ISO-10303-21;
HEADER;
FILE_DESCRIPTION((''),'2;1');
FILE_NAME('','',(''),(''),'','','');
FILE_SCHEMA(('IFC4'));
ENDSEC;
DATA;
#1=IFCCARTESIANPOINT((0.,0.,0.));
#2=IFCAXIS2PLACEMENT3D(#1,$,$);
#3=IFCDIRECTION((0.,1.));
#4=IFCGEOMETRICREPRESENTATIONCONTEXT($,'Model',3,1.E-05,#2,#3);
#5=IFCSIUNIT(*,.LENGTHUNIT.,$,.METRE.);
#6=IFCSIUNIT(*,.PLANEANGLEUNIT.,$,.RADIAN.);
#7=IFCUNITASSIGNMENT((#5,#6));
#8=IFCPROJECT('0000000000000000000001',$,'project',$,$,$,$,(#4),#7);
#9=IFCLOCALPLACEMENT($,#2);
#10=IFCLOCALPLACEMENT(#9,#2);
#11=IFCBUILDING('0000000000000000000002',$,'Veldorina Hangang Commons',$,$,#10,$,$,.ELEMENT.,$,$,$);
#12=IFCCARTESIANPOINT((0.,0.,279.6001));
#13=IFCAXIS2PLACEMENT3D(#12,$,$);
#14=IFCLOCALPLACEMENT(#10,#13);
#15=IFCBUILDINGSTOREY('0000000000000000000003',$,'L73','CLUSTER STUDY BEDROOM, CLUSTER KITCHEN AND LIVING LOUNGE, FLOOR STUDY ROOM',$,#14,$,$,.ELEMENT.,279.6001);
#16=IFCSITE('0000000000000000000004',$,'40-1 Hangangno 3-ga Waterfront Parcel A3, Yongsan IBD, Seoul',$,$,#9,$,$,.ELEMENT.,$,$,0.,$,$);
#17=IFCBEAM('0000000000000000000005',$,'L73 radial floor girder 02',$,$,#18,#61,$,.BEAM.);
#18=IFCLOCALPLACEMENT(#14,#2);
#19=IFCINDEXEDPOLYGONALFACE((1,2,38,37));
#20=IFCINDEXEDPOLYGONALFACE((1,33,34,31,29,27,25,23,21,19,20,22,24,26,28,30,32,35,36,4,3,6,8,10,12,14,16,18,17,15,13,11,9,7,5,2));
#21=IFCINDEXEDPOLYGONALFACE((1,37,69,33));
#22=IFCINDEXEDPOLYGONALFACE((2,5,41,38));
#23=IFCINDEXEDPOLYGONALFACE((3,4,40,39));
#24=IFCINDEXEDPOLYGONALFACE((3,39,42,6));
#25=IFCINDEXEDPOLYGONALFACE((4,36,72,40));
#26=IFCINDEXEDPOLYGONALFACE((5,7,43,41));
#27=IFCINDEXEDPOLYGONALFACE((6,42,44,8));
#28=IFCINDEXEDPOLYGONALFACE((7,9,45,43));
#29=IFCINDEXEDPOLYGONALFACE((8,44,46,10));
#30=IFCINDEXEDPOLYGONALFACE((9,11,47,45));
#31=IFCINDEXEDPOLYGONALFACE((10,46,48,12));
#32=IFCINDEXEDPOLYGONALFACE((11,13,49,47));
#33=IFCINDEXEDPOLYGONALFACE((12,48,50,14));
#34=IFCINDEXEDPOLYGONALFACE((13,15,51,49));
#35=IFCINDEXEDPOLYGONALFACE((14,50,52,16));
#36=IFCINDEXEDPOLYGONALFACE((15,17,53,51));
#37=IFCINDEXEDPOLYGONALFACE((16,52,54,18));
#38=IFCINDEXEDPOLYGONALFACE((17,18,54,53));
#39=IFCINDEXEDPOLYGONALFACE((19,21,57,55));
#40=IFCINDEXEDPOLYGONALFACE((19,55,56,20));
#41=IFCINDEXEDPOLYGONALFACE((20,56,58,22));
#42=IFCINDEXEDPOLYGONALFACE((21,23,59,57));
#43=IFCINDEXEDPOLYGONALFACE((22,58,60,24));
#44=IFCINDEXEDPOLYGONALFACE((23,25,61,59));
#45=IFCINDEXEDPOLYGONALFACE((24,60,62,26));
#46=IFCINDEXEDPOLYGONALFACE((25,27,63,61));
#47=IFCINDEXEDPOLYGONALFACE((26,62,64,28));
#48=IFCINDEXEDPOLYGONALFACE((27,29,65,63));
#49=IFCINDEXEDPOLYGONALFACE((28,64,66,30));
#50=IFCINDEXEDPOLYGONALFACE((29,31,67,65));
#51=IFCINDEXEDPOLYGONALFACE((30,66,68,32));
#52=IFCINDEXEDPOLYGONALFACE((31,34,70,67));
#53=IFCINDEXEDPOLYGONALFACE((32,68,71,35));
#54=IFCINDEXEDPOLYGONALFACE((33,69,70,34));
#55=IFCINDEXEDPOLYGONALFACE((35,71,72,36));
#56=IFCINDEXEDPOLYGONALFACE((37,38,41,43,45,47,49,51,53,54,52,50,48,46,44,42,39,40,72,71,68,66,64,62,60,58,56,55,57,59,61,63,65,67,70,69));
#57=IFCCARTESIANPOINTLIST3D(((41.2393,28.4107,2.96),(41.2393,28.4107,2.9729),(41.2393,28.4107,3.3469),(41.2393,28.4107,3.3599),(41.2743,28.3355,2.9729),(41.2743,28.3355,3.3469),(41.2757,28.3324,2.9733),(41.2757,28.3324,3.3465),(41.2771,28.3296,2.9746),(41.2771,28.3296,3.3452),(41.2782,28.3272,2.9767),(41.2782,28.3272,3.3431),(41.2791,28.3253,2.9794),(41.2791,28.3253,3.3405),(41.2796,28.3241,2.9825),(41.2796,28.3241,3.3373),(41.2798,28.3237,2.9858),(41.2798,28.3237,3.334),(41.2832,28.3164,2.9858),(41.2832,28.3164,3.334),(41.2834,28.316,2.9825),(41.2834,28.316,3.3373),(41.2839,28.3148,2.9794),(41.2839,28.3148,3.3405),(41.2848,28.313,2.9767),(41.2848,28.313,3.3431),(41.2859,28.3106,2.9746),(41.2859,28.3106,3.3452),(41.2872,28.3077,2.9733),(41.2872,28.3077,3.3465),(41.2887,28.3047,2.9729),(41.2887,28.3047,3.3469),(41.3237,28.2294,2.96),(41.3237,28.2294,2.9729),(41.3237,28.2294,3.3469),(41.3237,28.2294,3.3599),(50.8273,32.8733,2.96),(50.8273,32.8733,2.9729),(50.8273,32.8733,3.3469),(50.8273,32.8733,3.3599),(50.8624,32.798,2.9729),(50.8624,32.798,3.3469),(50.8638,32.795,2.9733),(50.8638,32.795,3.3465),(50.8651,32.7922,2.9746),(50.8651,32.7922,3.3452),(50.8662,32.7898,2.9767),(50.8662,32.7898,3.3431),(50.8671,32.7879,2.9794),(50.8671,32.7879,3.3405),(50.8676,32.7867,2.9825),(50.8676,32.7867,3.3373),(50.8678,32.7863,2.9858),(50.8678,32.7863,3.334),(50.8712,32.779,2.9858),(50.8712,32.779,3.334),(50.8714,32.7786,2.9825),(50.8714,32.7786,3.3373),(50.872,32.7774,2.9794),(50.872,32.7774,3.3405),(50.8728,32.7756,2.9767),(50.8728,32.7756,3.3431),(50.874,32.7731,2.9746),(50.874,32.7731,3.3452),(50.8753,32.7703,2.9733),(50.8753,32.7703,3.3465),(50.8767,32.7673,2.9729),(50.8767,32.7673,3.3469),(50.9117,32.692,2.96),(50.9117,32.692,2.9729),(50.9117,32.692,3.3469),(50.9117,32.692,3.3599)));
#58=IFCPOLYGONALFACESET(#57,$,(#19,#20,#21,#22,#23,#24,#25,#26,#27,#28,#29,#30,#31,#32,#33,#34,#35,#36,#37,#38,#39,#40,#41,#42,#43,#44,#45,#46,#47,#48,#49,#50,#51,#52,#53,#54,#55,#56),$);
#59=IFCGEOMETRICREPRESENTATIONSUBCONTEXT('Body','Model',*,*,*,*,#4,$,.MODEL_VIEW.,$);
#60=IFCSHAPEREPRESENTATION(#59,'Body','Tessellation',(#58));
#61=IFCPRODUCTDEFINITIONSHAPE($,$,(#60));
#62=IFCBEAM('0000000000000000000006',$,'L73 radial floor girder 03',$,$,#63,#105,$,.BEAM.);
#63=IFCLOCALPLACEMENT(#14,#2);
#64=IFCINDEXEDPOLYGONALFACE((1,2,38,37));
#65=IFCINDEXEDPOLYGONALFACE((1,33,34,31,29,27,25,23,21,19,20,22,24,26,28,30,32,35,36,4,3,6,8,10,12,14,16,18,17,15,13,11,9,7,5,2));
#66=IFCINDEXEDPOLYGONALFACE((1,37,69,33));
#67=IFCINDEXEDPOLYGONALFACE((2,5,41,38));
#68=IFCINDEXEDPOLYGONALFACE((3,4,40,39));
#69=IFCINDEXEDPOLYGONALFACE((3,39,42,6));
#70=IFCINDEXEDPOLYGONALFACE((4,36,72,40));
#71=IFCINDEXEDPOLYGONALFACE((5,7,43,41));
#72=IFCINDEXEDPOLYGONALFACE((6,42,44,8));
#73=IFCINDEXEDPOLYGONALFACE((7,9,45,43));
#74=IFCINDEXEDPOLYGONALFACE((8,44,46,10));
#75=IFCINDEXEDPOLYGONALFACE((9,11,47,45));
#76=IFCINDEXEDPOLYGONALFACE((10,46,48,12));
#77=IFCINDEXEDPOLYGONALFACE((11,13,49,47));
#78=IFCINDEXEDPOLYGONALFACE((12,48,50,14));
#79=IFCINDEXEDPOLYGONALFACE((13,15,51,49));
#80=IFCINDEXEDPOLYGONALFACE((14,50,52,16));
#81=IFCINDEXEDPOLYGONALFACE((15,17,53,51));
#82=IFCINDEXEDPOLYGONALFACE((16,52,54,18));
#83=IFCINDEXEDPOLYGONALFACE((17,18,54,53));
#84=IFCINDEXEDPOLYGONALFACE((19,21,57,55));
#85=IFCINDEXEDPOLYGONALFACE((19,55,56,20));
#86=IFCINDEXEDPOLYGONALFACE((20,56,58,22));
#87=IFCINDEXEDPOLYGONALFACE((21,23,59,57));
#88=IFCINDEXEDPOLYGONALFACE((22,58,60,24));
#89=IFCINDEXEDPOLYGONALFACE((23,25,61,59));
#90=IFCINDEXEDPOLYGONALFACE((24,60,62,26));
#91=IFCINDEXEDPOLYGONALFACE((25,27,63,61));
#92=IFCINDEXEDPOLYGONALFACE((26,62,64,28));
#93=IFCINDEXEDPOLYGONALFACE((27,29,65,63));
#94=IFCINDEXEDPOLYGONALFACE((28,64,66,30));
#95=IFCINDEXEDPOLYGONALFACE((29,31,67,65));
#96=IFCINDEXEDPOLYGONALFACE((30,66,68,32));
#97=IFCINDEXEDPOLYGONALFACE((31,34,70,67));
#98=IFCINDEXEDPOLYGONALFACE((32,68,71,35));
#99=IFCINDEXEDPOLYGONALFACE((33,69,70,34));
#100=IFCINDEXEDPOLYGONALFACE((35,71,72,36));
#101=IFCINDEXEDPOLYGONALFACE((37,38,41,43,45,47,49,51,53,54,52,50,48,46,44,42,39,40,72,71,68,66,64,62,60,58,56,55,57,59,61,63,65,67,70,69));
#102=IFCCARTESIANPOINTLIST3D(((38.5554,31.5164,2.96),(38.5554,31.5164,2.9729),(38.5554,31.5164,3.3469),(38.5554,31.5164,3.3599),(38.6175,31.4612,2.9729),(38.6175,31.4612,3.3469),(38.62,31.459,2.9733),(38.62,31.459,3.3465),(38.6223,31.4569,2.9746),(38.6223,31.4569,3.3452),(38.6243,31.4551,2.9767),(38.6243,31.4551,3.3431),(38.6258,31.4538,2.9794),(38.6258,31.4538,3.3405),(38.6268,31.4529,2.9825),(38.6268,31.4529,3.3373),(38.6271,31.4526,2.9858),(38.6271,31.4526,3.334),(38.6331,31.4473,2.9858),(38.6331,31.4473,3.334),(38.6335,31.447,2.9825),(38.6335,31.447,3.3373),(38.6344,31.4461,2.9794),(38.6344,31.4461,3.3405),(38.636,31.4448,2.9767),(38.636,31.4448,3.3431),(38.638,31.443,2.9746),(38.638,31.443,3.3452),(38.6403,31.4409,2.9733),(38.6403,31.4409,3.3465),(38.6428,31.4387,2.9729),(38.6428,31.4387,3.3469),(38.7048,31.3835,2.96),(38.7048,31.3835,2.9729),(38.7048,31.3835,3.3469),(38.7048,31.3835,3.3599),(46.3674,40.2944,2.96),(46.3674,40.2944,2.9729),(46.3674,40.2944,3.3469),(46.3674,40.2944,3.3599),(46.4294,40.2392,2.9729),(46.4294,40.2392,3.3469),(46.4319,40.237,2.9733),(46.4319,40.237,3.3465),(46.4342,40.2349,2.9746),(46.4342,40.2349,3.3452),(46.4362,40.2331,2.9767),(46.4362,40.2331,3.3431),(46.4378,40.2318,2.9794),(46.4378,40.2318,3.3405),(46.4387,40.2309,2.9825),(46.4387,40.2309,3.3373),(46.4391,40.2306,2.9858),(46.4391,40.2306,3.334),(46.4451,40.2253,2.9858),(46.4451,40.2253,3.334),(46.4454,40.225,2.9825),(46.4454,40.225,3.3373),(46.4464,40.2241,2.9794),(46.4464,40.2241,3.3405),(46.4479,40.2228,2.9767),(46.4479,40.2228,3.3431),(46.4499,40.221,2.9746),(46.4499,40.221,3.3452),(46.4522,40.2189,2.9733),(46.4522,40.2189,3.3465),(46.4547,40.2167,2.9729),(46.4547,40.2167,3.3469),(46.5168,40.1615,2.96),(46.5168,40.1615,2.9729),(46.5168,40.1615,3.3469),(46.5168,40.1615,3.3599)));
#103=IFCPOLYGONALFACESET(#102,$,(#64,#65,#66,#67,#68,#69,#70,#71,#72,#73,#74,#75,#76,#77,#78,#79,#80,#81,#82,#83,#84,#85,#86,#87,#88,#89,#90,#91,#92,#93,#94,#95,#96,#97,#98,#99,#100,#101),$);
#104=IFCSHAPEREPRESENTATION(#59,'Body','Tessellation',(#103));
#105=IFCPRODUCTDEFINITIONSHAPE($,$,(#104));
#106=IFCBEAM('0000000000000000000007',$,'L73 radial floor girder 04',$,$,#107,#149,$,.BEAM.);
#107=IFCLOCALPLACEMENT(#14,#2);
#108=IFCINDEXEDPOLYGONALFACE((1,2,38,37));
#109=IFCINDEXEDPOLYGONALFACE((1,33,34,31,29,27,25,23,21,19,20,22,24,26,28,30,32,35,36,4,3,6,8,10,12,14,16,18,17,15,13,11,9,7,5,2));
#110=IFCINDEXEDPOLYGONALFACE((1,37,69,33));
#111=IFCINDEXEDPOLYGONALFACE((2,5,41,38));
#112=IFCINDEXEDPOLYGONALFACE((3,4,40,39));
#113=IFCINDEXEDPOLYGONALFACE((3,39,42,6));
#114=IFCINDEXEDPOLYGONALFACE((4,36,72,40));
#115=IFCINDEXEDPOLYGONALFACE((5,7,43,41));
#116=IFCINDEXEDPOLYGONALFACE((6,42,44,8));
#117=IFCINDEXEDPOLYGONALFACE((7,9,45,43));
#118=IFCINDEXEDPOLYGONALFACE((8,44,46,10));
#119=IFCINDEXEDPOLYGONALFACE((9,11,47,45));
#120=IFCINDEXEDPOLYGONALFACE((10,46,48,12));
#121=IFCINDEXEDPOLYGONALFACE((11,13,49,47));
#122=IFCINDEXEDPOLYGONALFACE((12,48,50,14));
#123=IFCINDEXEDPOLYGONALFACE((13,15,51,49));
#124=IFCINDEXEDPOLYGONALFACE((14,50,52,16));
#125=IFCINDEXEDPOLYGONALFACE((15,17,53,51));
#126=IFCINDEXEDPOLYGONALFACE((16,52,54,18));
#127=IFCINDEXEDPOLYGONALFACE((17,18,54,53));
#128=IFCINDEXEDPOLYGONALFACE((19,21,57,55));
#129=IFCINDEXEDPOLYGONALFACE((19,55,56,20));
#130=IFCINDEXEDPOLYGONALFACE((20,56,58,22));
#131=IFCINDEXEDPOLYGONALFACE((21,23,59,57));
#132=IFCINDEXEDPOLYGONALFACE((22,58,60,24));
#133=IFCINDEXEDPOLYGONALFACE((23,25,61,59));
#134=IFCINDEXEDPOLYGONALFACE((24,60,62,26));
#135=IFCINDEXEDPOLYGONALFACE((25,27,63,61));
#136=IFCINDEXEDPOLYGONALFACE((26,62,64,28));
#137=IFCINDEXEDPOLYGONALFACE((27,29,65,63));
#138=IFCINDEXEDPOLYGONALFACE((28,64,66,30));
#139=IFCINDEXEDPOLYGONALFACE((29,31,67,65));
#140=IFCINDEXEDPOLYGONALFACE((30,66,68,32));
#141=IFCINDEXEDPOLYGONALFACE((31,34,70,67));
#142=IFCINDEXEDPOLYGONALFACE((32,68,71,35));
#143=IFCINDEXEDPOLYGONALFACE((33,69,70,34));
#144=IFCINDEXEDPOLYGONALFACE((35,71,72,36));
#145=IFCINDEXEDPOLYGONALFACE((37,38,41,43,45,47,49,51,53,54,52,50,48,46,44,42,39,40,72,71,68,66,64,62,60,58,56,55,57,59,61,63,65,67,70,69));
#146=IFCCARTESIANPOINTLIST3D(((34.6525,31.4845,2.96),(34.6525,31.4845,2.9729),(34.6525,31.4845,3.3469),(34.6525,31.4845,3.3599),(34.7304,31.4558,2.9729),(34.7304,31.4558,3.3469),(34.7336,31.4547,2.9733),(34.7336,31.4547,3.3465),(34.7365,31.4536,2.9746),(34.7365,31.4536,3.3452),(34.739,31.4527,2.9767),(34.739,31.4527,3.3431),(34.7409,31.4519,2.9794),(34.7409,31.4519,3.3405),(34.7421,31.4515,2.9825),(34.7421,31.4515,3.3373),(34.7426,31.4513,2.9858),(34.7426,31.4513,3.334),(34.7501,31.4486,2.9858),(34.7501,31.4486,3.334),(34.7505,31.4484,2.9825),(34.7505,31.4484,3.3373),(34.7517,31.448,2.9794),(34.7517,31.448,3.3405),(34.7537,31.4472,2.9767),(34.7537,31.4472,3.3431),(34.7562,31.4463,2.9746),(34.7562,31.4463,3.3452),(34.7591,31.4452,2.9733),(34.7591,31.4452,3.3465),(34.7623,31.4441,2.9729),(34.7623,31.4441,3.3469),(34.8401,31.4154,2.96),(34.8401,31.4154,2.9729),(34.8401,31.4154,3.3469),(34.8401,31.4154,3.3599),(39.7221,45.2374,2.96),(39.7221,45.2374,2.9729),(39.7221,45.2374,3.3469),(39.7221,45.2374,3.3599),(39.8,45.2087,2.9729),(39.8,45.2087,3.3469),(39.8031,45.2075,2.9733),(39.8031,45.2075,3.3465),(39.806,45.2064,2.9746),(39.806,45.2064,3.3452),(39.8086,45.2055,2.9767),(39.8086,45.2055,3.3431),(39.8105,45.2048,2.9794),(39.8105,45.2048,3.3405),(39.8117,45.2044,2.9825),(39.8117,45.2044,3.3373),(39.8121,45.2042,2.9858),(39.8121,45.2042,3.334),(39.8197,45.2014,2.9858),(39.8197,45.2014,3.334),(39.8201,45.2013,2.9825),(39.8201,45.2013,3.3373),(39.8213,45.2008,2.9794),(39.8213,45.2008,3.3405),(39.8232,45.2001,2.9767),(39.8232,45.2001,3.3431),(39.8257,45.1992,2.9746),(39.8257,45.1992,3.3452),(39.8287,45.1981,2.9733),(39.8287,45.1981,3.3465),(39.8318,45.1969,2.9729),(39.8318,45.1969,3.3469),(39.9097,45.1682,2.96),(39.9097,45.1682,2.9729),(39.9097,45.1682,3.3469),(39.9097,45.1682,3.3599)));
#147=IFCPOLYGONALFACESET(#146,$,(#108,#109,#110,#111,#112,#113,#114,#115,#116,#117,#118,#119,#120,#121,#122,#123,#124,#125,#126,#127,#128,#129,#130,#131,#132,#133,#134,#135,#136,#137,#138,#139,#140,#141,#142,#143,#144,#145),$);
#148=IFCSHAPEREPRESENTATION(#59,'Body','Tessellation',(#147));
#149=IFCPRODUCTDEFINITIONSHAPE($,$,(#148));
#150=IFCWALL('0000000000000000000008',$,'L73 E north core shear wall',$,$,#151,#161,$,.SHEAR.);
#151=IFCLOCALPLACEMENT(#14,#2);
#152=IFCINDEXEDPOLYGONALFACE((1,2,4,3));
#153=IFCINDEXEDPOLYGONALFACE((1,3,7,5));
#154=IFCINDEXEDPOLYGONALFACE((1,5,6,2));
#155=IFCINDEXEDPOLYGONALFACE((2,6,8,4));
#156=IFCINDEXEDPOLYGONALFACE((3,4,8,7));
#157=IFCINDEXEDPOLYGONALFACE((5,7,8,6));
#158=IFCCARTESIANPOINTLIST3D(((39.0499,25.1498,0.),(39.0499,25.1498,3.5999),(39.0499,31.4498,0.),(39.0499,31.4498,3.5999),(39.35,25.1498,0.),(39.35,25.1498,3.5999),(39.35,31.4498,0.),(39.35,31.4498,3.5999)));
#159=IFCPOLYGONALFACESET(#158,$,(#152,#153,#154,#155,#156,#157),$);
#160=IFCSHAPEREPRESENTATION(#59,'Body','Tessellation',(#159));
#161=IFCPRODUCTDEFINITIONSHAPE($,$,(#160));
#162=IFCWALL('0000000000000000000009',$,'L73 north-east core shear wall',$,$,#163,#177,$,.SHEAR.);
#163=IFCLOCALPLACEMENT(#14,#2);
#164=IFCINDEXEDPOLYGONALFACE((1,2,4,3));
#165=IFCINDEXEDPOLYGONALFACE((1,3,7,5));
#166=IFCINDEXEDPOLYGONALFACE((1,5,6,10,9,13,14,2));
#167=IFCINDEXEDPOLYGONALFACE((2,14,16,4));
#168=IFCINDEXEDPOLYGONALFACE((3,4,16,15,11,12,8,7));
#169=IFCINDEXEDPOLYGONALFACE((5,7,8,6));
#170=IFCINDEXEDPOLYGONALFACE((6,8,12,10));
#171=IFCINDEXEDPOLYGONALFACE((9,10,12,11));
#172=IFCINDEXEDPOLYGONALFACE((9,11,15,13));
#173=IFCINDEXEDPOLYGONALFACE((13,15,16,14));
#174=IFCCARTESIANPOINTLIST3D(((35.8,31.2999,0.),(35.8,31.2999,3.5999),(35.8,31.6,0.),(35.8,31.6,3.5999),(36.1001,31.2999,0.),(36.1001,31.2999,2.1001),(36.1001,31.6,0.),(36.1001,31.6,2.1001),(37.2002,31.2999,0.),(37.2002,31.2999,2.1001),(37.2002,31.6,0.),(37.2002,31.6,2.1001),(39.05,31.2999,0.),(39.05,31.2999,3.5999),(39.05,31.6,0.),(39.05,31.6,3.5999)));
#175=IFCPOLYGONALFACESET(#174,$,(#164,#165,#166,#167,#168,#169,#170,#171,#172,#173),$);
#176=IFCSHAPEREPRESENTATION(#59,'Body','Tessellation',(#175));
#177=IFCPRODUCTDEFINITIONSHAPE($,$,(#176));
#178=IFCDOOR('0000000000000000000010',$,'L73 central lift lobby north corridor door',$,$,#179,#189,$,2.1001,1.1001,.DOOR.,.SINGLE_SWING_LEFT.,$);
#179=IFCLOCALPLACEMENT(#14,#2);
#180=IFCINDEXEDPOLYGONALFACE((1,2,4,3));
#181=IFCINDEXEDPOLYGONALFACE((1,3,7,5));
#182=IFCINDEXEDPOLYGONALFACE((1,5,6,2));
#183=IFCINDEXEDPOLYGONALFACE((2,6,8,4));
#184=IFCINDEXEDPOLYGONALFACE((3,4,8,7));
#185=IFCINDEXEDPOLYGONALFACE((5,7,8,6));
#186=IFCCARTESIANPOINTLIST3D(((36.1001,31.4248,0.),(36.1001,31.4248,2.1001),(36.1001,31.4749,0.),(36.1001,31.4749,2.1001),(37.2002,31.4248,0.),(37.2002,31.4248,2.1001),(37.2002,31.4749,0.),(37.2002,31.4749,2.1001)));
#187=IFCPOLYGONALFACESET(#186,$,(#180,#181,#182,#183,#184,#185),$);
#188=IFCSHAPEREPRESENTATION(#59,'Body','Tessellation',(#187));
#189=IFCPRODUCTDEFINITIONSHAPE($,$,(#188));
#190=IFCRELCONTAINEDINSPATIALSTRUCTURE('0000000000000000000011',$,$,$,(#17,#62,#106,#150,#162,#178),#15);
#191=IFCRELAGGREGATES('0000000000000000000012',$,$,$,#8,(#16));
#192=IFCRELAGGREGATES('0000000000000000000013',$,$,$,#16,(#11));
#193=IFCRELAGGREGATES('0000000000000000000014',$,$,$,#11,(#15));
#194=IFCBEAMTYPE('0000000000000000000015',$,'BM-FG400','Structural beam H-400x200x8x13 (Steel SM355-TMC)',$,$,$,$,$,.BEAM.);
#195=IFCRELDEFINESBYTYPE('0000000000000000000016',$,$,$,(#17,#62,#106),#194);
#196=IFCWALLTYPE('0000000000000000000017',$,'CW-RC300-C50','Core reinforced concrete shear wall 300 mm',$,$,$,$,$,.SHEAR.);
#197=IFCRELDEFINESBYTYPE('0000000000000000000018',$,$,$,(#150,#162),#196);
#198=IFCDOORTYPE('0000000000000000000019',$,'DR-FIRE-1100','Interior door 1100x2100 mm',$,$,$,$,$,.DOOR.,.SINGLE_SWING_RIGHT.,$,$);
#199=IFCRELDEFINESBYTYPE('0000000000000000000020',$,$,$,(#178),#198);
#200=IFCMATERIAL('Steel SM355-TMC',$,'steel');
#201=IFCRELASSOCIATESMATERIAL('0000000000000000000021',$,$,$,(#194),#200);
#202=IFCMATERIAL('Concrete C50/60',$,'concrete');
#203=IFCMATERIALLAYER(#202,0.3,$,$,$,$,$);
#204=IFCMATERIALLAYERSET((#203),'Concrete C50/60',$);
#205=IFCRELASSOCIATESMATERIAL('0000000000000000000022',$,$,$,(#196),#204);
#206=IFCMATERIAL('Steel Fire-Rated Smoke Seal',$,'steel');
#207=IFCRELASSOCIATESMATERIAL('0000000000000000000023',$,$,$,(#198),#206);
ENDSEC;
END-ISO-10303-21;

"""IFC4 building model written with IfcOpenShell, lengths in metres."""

from ifc_helpers import new_model, si_unit, direction, frame, frame_2d, origin, origin_2d, place, context, subcontext, project, spatial, rectangle, i_section, extrude, material, layer, layer_set, material_profile, profile_set, type_object, element, fill, save


model = new_model("IFC4")

# Units and contexts
model_context = context("Model", 3, precision=1e-05, world=origin(), true_north=direction((0.0, 1.0)))
body_context = subcontext(model_context, "Body", "Model", "MODEL_VIEW")
ifc_project = project(units=[si_unit("LENGTHUNIT", "METRE"), si_unit("PLANEANGLEUNIT", "RADIAN")], contexts=[model_context])

# Site, building, storey
site_placement = place(None, origin())
site = spatial("IfcSite", under=ifc_project, at=site_placement, Name="40-1 Hangangno 3-ga Waterfront Parcel A3, Yongsan IBD, Seoul", CompositionType="ELEMENT", RefElevation=0.0)
building_placement = place(site_placement, origin())
building = spatial("IfcBuilding", under=site, at=building_placement, Name="Veldorina Hangang Commons", CompositionType="ELEMENT")
storey_placement = place(building_placement, frame((0.0, 0.0, 279.6001)))
storey = spatial("IfcBuildingStorey", under=building, at=storey_placement, Name="L73", Description="CLUSTER STUDY BEDROOM, CLUSTER KITCHEN AND LIVING LOUNGE, FLOOR STUDY ROOM", CompositionType="ELEMENT", Elevation=279.6001)

# Beams
ifc_material_1 = material(Name="Steel SM355-TMC", Category="steel")
ifc_material_profile = material_profile(ifc_material_1, i_section(OverallWidth=0.2, OverallDepth=0.3999, WebThickness=0.0081, FlangeThickness=0.0129, FilletRadius=0.0129, at=origin_2d()), Name="H-400x200x8x13")
ifc_profile_set = profile_set([ifc_material_profile], Name="Steel SM355-TMC")
beam_type = type_object("IfcBeamType", Name="BM-FG400", Description="Structural beam H-400x200x8x13 (Steel SM355-TMC)", PredefinedType="BEAM", material=ifc_profile_set)
beam_1_placement = place(storey_placement, frame((41.2815, 28.3201, 3.1599), z_axis=(0.906611, 0.421968, 0.0), x_axis=(-0.421968, 0.906611, 0.0)))
element("IfcBeam", 1, at=beam_1_placement, inside=storey, type_object=beam_type, Name="L73 radial floor girder 02", PredefinedType="BEAM", context=body_context, shape_type="SweptSolid", body=[
    extrude(i_section(OverallWidth=0.2, OverallDepth=0.3999, WebThickness=0.0081, FlangeThickness=0.0129, FilletRadius=0.0129, at=origin_2d()), origin(), (0.0, 0.0, 1.0), 10.5757),
])
beam_2_placement = place(storey_placement, frame((38.6301, 31.45, 3.1599), z_axis=(0.664805, 0.747017, 0.0), x_axis=(-0.747017, 0.664805, 0.0)))
element("IfcBeam", 2, at=beam_2_placement, inside=storey, type_object=beam_type, Name="L73 radial floor girder 03", PredefinedType="BEAM", context=body_context, shape_type="SweptSolid", body=[
    extrude(i_section(OverallWidth=0.2, OverallDepth=0.3999, WebThickness=0.0081, FlangeThickness=0.0129, FilletRadius=0.0129, at=origin_2d()), origin(), (0.0, 0.0, 1.0), 11.7507),
])
beam_3_placement = place(storey_placement, frame((34.7463, 31.45, 3.1599), z_axis=(0.345868, 0.938283, 0.0), x_axis=(-0.938283, 0.345868, 0.0)))
element("IfcBeam", 3, at=beam_3_placement, inside=storey, type_object=beam_type, Name="L73 radial floor girder 04", PredefinedType="BEAM", context=body_context, shape_type="SweptSolid", body=[
    extrude(i_section(OverallWidth=0.2, OverallDepth=0.3999, WebThickness=0.0081, FlangeThickness=0.0129, FilletRadius=0.0129, at=origin_2d()), origin(), (0.0, 0.0, 1.0), 14.6575),
])

# Wall
ifc_material_2 = material(Name="Concrete C50/60", Category="concrete")
ifc_layer_1 = layer(ifc_material_2, 0.3)
ifc_layer_set_1 = layer_set([ifc_layer_1], Name="Concrete C50/60")
wall_type_1 = type_object("IfcWallType", Name="CW-RC300-C50", Description="Core reinforced concrete shear wall 300 mm", PredefinedType="SHEAR", material=ifc_layer_set_1)
wall_1_placement = place(storey_placement, frame((39.2, 25.1499, 0.0), z_axis=(0.0, 0.0, 1.0), x_axis=(0.0, 1.0, 0.0)))
element("IfcWall", 4, at=wall_1_placement, inside=storey, type_object=wall_type_1, Name="L73 E north core shear wall", PredefinedType="SHEAR", context=body_context, shape_type="SweptSolid", body=[
    extrude(rectangle(XDim=6.3, YDim=0.3, at=frame_2d((3.1499, 0.0))), origin(), (0.0, 0.0, 1.0), 3.5999),
])

# Wall, opening, door
wall_2_placement = place(storey_placement, frame((35.8, 31.45, 0.0), z_axis=(0.0, 0.0, 1.0), x_axis=(1.0, 0.0, 0.0)))
wall_2 = element("IfcWall", 5, at=wall_2_placement, inside=storey, type_object=wall_type_1, Name="L73 north-east core shear wall", PredefinedType="SHEAR", context=body_context, shape_type="SweptSolid", body=[
    extrude(rectangle(XDim=3.25, YDim=0.3, at=frame_2d((1.625, 0.0))), origin(), (0.0, 0.0, 1.0), 3.5999),
])
opening_1_placement = place(wall_2_placement, frame((0.3, 0.0, 0.0)))
opening_1 = element("IfcOpeningElement", 6, at=opening_1_placement, cuts=wall_2, PredefinedType="OPENING", context=body_context, shape_type="SweptSolid", body=[
    extrude(rectangle(XDim=1.1001, YDim=2.1001, at=frame_2d((0.55, 1.05))), frame((0.0, 0.1602, 0.0), z_axis=(0.0, -1.0, 0.0), x_axis=(1.0, 0.0, 0.0)), (0.0, 0.0, 1.0), 0.3201),
])
ifc_material_3 = material(Name="Steel Fire-Rated Smoke Seal", Category="steel")
door_type_1 = type_object("IfcDoorType", Name="DR-FIRE-1100", Description="Interior door 1100x2100 mm", OperationType="SINGLE_SWING_RIGHT", PredefinedType="DOOR", material=ifc_material_3)
door_1_placement = place(opening_1_placement, origin())
door_1 = element("IfcDoor", 7, at=door_1_placement, inside=storey, type_object=door_type_1, Name="L73 central lift lobby north corridor door", OperationType="SINGLE_SWING_LEFT", OverallHeight=2.1001, OverallWidth=1.1001, PredefinedType="DOOR", context=body_context, shape_type="SweptSolid", body=[
    extrude(rectangle(XDim=1.1001, YDim=2.1001, at=frame_2d((0.55, 1.05))), frame((0.0, 0.0249, 0.0), z_axis=(0.0, -1.0, 0.0), x_axis=(1.0, 0.0, 0.0)), (0.0, 0.0, 1.0), 0.05),
])
fill(opening_1, door_1)

save(model, "model.ifc")
